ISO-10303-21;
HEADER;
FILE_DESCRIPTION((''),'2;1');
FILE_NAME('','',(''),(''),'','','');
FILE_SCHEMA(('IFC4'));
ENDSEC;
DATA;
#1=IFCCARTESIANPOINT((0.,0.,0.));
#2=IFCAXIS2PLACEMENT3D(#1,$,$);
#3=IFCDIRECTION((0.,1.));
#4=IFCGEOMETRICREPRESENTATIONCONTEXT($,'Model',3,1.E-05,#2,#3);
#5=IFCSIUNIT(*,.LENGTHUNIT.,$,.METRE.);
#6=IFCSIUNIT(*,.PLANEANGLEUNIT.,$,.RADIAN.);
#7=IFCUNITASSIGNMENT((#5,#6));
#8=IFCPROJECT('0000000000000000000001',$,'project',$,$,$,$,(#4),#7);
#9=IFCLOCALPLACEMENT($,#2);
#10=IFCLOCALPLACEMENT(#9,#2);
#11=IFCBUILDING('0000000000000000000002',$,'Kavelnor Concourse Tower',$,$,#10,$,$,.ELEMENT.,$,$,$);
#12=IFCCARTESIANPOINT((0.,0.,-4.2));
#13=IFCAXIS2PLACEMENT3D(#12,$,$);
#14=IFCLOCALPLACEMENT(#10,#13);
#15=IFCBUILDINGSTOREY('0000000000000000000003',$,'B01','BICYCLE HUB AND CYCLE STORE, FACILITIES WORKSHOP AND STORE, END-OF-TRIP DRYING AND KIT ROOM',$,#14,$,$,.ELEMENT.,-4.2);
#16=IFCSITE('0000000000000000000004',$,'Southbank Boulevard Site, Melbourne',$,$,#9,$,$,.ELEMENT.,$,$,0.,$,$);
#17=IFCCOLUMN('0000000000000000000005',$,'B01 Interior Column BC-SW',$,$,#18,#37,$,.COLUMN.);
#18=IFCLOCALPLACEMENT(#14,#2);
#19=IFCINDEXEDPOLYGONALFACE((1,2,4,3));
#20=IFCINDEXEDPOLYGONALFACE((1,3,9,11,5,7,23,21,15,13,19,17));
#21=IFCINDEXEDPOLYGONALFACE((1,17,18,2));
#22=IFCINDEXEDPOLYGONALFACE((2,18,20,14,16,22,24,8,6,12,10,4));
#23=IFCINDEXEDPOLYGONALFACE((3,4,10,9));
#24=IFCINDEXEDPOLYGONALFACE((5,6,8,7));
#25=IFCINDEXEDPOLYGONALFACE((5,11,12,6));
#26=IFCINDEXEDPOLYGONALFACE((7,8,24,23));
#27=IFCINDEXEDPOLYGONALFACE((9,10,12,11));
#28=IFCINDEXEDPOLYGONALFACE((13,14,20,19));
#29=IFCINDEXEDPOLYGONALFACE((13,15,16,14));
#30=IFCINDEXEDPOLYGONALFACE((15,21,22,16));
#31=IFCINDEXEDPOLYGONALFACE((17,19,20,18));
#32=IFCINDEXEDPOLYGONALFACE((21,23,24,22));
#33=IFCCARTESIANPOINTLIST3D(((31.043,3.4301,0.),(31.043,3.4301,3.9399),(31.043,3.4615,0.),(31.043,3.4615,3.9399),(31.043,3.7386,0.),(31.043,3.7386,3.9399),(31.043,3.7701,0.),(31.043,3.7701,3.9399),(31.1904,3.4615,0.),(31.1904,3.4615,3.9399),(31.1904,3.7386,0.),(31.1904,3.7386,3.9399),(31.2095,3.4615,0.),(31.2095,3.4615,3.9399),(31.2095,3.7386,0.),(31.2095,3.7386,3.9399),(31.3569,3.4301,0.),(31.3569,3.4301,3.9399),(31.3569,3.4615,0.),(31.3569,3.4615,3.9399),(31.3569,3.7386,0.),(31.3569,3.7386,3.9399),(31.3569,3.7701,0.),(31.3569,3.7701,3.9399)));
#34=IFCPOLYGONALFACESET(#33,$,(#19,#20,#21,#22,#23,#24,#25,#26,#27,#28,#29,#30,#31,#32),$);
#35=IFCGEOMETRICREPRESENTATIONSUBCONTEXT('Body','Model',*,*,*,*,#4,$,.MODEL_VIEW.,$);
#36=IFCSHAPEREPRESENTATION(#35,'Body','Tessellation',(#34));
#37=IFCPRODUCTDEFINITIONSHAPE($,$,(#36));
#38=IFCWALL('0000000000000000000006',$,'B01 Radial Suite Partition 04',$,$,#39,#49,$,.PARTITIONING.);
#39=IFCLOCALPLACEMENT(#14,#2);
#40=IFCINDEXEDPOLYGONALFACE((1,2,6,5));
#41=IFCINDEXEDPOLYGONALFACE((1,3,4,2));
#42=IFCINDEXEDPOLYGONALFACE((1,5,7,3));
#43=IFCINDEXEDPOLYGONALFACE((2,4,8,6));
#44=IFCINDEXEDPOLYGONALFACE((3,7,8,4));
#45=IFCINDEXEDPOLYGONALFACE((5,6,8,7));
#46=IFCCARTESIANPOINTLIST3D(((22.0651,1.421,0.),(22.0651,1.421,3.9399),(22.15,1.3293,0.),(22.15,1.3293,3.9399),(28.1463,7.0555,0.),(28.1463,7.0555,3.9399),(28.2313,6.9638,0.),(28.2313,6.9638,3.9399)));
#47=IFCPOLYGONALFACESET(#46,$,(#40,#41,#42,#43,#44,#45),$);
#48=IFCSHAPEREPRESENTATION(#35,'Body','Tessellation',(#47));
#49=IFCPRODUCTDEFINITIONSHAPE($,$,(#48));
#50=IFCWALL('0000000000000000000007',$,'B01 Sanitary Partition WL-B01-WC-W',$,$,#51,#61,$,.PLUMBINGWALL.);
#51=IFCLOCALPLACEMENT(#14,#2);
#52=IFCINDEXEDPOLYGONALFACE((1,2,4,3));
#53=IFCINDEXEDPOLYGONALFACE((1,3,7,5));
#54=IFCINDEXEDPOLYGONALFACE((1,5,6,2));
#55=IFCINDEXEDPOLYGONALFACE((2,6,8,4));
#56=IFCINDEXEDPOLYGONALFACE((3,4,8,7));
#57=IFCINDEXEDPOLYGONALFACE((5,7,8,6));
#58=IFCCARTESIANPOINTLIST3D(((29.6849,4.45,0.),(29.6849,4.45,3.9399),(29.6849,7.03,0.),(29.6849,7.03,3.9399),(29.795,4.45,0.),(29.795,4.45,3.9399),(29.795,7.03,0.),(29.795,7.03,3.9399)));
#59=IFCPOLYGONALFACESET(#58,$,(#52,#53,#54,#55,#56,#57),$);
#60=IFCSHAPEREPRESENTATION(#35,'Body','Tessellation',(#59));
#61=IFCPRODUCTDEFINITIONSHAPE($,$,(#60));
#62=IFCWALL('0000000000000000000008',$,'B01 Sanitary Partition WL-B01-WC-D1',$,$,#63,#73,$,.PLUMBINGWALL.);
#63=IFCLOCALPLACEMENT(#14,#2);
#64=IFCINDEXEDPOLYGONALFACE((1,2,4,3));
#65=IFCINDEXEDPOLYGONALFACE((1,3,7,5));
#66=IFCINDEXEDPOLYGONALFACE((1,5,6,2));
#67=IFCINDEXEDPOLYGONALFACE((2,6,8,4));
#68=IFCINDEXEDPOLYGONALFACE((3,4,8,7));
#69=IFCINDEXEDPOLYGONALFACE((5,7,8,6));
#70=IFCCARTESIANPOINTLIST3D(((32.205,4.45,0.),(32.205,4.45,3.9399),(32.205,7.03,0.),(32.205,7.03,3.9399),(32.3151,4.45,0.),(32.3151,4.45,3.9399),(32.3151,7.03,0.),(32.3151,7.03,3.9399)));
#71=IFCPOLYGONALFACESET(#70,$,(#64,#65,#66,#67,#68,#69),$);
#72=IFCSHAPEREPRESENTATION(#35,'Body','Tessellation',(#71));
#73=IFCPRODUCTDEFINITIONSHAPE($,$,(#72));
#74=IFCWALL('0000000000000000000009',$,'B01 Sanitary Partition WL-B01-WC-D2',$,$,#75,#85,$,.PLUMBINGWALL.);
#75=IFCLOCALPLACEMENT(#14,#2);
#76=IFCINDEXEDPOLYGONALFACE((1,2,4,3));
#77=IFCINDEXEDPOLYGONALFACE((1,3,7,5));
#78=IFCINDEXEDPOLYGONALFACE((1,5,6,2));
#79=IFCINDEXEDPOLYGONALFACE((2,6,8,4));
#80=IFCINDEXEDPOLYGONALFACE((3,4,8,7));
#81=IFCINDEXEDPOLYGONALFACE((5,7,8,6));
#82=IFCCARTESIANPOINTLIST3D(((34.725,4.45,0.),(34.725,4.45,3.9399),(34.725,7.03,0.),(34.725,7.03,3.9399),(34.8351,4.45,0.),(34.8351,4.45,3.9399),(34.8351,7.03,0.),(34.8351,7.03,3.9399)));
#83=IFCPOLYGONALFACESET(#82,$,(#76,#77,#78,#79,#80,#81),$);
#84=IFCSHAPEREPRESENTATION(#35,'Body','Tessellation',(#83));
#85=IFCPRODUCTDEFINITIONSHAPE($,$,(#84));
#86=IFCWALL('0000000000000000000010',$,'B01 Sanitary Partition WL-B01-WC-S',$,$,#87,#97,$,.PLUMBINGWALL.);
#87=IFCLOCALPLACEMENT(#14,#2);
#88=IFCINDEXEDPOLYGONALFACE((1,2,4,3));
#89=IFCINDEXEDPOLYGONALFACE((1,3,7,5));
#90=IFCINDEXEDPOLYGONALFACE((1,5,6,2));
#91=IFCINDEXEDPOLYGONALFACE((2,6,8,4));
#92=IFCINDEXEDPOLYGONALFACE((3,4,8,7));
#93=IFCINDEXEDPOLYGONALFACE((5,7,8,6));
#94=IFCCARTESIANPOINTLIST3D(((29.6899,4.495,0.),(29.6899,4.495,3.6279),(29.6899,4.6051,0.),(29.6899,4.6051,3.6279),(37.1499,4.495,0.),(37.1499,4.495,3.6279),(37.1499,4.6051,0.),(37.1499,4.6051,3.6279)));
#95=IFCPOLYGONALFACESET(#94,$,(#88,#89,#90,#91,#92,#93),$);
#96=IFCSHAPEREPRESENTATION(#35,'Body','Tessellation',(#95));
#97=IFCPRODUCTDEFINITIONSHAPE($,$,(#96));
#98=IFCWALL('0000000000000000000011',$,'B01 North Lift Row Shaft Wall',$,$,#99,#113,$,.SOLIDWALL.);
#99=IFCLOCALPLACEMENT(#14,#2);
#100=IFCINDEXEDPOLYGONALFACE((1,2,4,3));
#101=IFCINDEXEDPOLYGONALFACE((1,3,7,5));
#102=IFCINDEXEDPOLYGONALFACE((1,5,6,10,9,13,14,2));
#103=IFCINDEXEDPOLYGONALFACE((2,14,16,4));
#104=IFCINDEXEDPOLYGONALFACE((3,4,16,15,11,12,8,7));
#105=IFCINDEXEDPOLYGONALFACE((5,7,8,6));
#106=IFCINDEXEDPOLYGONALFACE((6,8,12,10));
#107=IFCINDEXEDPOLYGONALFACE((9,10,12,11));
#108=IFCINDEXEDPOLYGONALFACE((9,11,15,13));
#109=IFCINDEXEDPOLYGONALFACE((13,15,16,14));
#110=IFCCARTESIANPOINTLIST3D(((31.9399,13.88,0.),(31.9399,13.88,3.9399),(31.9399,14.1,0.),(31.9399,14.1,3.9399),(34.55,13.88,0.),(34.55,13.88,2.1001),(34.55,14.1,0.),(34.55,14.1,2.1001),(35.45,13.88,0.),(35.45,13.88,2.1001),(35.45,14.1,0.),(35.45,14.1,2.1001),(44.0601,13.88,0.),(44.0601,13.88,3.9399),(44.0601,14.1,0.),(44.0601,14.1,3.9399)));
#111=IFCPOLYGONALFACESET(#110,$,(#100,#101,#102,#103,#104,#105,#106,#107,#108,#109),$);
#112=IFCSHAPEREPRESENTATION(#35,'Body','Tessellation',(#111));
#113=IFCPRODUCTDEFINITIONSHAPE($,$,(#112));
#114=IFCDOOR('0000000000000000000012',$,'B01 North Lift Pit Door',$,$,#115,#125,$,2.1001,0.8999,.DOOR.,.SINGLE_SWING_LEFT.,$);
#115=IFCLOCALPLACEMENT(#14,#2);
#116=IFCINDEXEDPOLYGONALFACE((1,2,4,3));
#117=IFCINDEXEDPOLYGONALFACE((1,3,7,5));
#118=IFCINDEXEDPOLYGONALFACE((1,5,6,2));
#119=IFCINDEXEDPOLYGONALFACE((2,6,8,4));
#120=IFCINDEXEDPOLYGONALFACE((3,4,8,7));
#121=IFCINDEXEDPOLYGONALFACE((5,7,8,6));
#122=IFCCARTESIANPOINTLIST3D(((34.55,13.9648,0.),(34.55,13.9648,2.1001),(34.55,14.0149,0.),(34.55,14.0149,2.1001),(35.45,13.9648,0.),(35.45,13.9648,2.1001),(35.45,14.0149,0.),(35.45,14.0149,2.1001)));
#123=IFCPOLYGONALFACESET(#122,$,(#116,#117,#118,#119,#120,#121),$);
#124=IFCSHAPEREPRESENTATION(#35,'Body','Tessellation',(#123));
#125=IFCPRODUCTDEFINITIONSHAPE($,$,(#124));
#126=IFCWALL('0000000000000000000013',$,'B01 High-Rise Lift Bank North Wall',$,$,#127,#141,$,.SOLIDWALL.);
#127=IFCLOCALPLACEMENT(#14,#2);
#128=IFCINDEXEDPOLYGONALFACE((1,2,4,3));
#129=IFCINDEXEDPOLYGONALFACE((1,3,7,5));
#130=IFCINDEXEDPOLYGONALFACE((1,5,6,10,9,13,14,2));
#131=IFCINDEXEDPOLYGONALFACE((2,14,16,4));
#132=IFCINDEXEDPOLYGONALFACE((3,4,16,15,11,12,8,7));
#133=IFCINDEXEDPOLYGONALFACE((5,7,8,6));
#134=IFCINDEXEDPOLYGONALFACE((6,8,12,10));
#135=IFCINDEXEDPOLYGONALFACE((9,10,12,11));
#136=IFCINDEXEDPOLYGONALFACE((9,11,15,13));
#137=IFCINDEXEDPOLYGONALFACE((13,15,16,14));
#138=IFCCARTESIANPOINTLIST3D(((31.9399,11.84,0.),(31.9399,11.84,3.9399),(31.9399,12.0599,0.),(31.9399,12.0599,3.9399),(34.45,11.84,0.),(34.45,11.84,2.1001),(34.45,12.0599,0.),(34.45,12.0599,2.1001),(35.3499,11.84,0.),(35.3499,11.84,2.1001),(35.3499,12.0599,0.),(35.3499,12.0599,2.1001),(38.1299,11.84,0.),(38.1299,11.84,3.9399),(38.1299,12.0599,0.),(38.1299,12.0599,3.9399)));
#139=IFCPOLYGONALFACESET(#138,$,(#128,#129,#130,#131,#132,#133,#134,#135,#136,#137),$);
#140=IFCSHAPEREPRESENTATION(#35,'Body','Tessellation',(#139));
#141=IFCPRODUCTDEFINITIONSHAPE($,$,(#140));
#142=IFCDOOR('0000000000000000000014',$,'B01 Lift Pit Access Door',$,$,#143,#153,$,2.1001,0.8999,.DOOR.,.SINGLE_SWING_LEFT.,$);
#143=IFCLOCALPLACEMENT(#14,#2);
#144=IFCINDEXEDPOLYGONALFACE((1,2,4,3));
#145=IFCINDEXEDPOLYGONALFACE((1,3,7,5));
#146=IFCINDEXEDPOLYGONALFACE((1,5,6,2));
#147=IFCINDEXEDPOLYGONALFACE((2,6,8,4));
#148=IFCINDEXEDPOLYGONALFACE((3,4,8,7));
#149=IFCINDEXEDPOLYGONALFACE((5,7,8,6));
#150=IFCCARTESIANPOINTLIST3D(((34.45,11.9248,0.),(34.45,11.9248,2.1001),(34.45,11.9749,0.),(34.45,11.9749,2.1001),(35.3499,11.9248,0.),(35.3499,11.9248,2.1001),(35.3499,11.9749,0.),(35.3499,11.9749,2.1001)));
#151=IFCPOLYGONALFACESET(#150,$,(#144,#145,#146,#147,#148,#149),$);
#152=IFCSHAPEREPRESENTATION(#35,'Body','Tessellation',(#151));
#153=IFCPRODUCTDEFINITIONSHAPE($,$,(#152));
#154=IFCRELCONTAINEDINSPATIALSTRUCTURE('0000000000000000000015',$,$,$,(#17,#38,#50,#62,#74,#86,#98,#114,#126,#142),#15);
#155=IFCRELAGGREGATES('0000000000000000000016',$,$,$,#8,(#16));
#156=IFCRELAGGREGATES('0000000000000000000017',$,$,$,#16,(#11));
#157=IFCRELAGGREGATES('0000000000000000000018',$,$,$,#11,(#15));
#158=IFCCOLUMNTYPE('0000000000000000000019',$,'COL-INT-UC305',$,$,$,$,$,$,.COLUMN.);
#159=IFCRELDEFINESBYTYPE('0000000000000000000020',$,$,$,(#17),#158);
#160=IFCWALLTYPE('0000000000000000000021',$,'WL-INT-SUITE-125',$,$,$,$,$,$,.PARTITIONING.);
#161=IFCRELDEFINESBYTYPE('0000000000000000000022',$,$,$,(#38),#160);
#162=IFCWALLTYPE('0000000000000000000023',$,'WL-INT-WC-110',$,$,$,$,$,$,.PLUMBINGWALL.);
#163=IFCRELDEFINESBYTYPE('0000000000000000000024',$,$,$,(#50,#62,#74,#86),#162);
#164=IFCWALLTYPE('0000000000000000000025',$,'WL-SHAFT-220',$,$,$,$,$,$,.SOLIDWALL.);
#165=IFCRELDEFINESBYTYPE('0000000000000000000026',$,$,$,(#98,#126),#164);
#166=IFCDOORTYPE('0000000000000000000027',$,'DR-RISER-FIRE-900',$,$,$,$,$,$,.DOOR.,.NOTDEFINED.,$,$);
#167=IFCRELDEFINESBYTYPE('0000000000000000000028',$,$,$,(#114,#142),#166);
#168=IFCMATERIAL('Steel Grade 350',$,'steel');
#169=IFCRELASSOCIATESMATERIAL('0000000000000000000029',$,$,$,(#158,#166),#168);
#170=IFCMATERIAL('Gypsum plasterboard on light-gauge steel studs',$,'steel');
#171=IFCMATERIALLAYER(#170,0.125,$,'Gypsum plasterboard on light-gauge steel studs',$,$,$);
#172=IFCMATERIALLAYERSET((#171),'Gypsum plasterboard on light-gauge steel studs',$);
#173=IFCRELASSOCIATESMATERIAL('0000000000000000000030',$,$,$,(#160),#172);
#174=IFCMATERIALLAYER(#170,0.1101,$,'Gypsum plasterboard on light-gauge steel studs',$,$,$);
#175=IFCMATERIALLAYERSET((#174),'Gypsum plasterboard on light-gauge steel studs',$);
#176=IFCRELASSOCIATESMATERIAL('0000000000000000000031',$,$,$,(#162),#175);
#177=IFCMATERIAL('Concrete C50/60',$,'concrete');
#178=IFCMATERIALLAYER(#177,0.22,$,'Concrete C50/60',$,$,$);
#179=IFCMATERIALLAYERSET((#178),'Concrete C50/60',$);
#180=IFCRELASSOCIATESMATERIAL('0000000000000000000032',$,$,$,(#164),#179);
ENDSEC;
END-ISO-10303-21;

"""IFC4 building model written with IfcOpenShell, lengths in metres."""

from ifc_helpers import new_model, si_unit, direction, frame, frame_2d, origin, origin_2d, place, context, subcontext, project, spatial, rectangle, i_section, extrude, material, layer, layer_set, material_profile, profile_set, type_object, element, fill, save


model = new_model("IFC4")

# Units and contexts
model_context = context("Model", 3, precision=1e-05, world=origin(), true_north=direction((0.0, 1.0)))
body_context = subcontext(model_context, "Body", "Model", "MODEL_VIEW")
ifc_project = project(units=[si_unit("LENGTHUNIT", "METRE"), si_unit("PLANEANGLEUNIT", "RADIAN")], contexts=[model_context])

# Site, building, storey
site_placement = place(None, origin())
site = spatial("IfcSite", under=ifc_project, at=site_placement, Name="Southbank Boulevard Site, Melbourne", CompositionType="ELEMENT", RefElevation=0.0)
building_placement = place(site_placement, origin())
building = spatial("IfcBuilding", under=site, at=building_placement, Name="Kavelnor Concourse Tower", CompositionType="ELEMENT")
storey_placement = place(building_placement, frame((0.0, 0.0, -4.2)))
storey = spatial("IfcBuildingStorey", under=building, at=storey_placement, Name="B01", Description="BICYCLE HUB AND CYCLE STORE, FACILITIES WORKSHOP AND STORE, END-OF-TRIP DRYING AND KIT ROOM", CompositionType="ELEMENT", Elevation=-4.2)

# Column
ifc_material_1 = material(Name="Steel Grade 350", Category="steel")
ifc_material_profile = material_profile(ifc_material_1, i_section(OverallWidth=0.314, OverallDepth=0.3401, WebThickness=0.019, FlangeThickness=0.0315, at=origin_2d()), Name="UC 305x305x198")
ifc_profile_set = profile_set([ifc_material_profile], Name="Steel Grade 350")
column_type = type_object("IfcColumnType", Name="COL-INT-UC305", PredefinedType="COLUMN", material=ifc_profile_set)
column_placement = place(storey_placement, frame((31.2, 3.6001, 0.0), z_axis=(0.0, 0.0, 1.0), x_axis=(1.0, 0.0, 0.0)))
element("IfcColumn", 1, at=column_placement, inside=storey, type_object=column_type, Name="B01 Interior Column BC-SW", PredefinedType="COLUMN", context=body_context, shape_type="SweptSolid", body=[
    extrude(i_section(OverallWidth=0.314, OverallDepth=0.3401, WebThickness=0.019, FlangeThickness=0.0315, at=origin_2d()), origin(), (0.0, 0.0, 1.0), 3.9399),
])

# Shared definitions
door_type_1 = type_object("IfcDoorType", Name="DR-RISER-FIRE-900", OperationType="NOTDEFINED", PredefinedType="DOOR", material=ifc_material_1)

# Walls
ifc_material_2 = material(Name="Gypsum plasterboard on light-gauge steel studs", Category="steel")
ifc_layer_1 = layer(ifc_material_2, 0.125, Name="Gypsum plasterboard on light-gauge steel studs")
ifc_layer_set_1 = layer_set([ifc_layer_1], Name="Gypsum plasterboard on light-gauge steel studs")
wall_type_1 = type_object("IfcWallType", Name="WL-INT-SUITE-125", PredefinedType="PARTITIONING", material=ifc_layer_set_1)
wall_1_placement = place(storey_placement, frame((28.1887, 7.0095, 0.0), z_axis=(0.0, 0.0, 1.0), x_axis=(-0.733539, -0.679648, 0.0)))
element("IfcWall", 2, at=wall_1_placement, inside=storey, type_object=wall_type_1, Name="B01 Radial Suite Partition 04", PredefinedType="PARTITIONING", context=body_context, shape_type="SweptSolid", body=[
    extrude(rectangle(XDim=8.2903, YDim=0.125, at=frame_2d((4.145, 0.0))), origin(), (0.0, 0.0, 1.0), 3.9399),
])
ifc_layer_2 = layer(ifc_material_2, 0.1101, Name="Gypsum plasterboard on light-gauge steel studs")
ifc_layer_set_2 = layer_set([ifc_layer_2], Name="Gypsum plasterboard on light-gauge steel studs")
wall_type_2 = type_object("IfcWallType", Name="WL-INT-WC-110", PredefinedType="PLUMBINGWALL", material=ifc_layer_set_2)
for number, where, z_axis, x_axis, name in (
    (3, (29.74, 4.45, 0.0), (0.0, 0.0, 1.0), (0.0, 1.0, 0.0), "B01 Sanitary Partition WL-B01-WC-W"),
    (4, (32.26, 4.45, 0.0), (0.0, 0.0, 1.0), (0.0, 1.0, 0.0), "B01 Sanitary Partition WL-B01-WC-D1"),
    (5, (34.78, 4.45, 0.0), (0.0, 0.0, 1.0), (0.0, 1.0, 0.0), "B01 Sanitary Partition WL-B01-WC-D2"),
):
    element("IfcWall", number, at=place(storey_placement, frame(where, z_axis=z_axis, x_axis=x_axis)), inside=storey, type_object=wall_type_2, Name=name, PredefinedType="PLUMBINGWALL", context=body_context, shape_type="SweptSolid", body=[
        extrude(rectangle(XDim=2.5801, YDim=0.1101, at=frame_2d((1.29, 0.0))), origin(), (0.0, 0.0, 1.0), 3.9399),
    ])
wall_2_placement = place(storey_placement, frame((29.6899, 4.55, 0.0), z_axis=(0.0, 0.0, 1.0), x_axis=(1.0, 0.0, 0.0)))
element("IfcWall", 6, at=wall_2_placement, inside=storey, type_object=wall_type_2, Name="B01 Sanitary Partition WL-B01-WC-S", PredefinedType="PLUMBINGWALL", context=body_context, shape_type="SweptSolid", body=[
    extrude(rectangle(XDim=7.46, YDim=0.1101, at=frame_2d((3.73, 0.0))), origin(), (0.0, 0.0, 1.0), 3.6279),
])

# Walls, openings, doors
ifc_material_3 = material(Name="Concrete C50/60", Category="concrete")
ifc_layer_3 = layer(ifc_material_3, 0.22, Name="Concrete C50/60")
ifc_layer_set_3 = layer_set([ifc_layer_3], Name="Concrete C50/60")
wall_type_3 = type_object("IfcWallType", Name="WL-SHAFT-220", PredefinedType="SOLIDWALL", material=ifc_layer_set_3)
wall_3_placement = place(storey_placement, frame((31.9399, 13.99, 0.0), z_axis=(0.0, 0.0, 1.0), x_axis=(1.0, 0.0, 0.0)))
wall_3 = element("IfcWall", 7, at=wall_3_placement, inside=storey, type_object=wall_type_3, Name="B01 North Lift Row Shaft Wall", PredefinedType="SOLIDWALL", context=body_context, shape_type="SweptSolid", body=[
    extrude(rectangle(XDim=12.1201, YDim=0.22, at=frame_2d((6.0601, 0.0))), origin(), (0.0, 0.0, 1.0), 3.9399),
])
opening_1_placement = place(wall_3_placement, frame((2.6101, 0.0, 0.0)))
opening_1 = element("IfcOpeningElement", 8, at=opening_1_placement, cuts=wall_3, PredefinedType="OPENING", context=body_context, shape_type="SweptSolid", body=[
    extrude(rectangle(XDim=0.8999, YDim=2.1001, at=frame_2d((0.45, 1.05))), frame((0.0, 0.1201, 0.0), z_axis=(0.0, -1.0, 0.0), x_axis=(1.0, 0.0, 0.0)), (0.0, 0.0, 1.0), 0.24),
])
door_1_placement = place(opening_1_placement, origin())
door_1 = element("IfcDoor", 9, at=door_1_placement, inside=storey, type_object=door_type_1, Name="B01 North Lift Pit Door", OperationType="SINGLE_SWING_LEFT", OverallHeight=2.1001, OverallWidth=0.8999, PredefinedType="DOOR", context=body_context, shape_type="SweptSolid", body=[
    extrude(rectangle(XDim=0.8999, YDim=2.1001, at=frame_2d((0.45, 1.05))), frame((0.0, 0.0249, 0.0), z_axis=(0.0, -1.0, 0.0), x_axis=(1.0, 0.0, 0.0)), (0.0, 0.0, 1.0), 0.05),
])
fill(opening_1, door_1)
wall_4_placement = place(storey_placement, frame((31.9399, 11.95, 0.0), z_axis=(0.0, 0.0, 1.0), x_axis=(1.0, 0.0, 0.0)))
wall_4 = element("IfcWall", 10, at=wall_4_placement, inside=storey, type_object=wall_type_3, Name="B01 High-Rise Lift Bank North Wall", PredefinedType="SOLIDWALL", context=body_context, shape_type="SweptSolid", body=[
    extrude(rectangle(XDim=6.1899, YDim=0.22, at=frame_2d((3.095, 0.0))), origin(), (0.0, 0.0, 1.0), 3.9399),
])
opening_2_placement = place(wall_4_placement, frame((2.51, 0.0, 0.0)))
opening_2 = element("IfcOpeningElement", 11, at=opening_2_placement, cuts=wall_4, PredefinedType="OPENING", context=body_context, shape_type="SweptSolid", body=[
    extrude(rectangle(XDim=0.8999, YDim=2.1001, at=frame_2d((0.45, 1.05))), frame((0.0, 0.1201, 0.0), z_axis=(0.0, -1.0, 0.0), x_axis=(1.0, 0.0, 0.0)), (0.0, 0.0, 1.0), 0.24),
])
door_2_placement = place(opening_2_placement, origin())
door_2 = element("IfcDoor", 12, at=door_2_placement, inside=storey, type_object=door_type_1, Name="B01 Lift Pit Access Door", OperationType="SINGLE_SWING_LEFT", OverallHeight=2.1001, OverallWidth=0.8999, PredefinedType="DOOR", context=body_context, shape_type="SweptSolid", body=[
    extrude(rectangle(XDim=0.8999, YDim=2.1001, at=frame_2d((0.45, 1.05))), frame((0.0, 0.0249, 0.0), z_axis=(0.0, -1.0, 0.0), x_axis=(1.0, 0.0, 0.0)), (0.0, 0.0, 1.0), 0.05),
])
fill(opening_2, door_2)

save(model, "model.ifc")
